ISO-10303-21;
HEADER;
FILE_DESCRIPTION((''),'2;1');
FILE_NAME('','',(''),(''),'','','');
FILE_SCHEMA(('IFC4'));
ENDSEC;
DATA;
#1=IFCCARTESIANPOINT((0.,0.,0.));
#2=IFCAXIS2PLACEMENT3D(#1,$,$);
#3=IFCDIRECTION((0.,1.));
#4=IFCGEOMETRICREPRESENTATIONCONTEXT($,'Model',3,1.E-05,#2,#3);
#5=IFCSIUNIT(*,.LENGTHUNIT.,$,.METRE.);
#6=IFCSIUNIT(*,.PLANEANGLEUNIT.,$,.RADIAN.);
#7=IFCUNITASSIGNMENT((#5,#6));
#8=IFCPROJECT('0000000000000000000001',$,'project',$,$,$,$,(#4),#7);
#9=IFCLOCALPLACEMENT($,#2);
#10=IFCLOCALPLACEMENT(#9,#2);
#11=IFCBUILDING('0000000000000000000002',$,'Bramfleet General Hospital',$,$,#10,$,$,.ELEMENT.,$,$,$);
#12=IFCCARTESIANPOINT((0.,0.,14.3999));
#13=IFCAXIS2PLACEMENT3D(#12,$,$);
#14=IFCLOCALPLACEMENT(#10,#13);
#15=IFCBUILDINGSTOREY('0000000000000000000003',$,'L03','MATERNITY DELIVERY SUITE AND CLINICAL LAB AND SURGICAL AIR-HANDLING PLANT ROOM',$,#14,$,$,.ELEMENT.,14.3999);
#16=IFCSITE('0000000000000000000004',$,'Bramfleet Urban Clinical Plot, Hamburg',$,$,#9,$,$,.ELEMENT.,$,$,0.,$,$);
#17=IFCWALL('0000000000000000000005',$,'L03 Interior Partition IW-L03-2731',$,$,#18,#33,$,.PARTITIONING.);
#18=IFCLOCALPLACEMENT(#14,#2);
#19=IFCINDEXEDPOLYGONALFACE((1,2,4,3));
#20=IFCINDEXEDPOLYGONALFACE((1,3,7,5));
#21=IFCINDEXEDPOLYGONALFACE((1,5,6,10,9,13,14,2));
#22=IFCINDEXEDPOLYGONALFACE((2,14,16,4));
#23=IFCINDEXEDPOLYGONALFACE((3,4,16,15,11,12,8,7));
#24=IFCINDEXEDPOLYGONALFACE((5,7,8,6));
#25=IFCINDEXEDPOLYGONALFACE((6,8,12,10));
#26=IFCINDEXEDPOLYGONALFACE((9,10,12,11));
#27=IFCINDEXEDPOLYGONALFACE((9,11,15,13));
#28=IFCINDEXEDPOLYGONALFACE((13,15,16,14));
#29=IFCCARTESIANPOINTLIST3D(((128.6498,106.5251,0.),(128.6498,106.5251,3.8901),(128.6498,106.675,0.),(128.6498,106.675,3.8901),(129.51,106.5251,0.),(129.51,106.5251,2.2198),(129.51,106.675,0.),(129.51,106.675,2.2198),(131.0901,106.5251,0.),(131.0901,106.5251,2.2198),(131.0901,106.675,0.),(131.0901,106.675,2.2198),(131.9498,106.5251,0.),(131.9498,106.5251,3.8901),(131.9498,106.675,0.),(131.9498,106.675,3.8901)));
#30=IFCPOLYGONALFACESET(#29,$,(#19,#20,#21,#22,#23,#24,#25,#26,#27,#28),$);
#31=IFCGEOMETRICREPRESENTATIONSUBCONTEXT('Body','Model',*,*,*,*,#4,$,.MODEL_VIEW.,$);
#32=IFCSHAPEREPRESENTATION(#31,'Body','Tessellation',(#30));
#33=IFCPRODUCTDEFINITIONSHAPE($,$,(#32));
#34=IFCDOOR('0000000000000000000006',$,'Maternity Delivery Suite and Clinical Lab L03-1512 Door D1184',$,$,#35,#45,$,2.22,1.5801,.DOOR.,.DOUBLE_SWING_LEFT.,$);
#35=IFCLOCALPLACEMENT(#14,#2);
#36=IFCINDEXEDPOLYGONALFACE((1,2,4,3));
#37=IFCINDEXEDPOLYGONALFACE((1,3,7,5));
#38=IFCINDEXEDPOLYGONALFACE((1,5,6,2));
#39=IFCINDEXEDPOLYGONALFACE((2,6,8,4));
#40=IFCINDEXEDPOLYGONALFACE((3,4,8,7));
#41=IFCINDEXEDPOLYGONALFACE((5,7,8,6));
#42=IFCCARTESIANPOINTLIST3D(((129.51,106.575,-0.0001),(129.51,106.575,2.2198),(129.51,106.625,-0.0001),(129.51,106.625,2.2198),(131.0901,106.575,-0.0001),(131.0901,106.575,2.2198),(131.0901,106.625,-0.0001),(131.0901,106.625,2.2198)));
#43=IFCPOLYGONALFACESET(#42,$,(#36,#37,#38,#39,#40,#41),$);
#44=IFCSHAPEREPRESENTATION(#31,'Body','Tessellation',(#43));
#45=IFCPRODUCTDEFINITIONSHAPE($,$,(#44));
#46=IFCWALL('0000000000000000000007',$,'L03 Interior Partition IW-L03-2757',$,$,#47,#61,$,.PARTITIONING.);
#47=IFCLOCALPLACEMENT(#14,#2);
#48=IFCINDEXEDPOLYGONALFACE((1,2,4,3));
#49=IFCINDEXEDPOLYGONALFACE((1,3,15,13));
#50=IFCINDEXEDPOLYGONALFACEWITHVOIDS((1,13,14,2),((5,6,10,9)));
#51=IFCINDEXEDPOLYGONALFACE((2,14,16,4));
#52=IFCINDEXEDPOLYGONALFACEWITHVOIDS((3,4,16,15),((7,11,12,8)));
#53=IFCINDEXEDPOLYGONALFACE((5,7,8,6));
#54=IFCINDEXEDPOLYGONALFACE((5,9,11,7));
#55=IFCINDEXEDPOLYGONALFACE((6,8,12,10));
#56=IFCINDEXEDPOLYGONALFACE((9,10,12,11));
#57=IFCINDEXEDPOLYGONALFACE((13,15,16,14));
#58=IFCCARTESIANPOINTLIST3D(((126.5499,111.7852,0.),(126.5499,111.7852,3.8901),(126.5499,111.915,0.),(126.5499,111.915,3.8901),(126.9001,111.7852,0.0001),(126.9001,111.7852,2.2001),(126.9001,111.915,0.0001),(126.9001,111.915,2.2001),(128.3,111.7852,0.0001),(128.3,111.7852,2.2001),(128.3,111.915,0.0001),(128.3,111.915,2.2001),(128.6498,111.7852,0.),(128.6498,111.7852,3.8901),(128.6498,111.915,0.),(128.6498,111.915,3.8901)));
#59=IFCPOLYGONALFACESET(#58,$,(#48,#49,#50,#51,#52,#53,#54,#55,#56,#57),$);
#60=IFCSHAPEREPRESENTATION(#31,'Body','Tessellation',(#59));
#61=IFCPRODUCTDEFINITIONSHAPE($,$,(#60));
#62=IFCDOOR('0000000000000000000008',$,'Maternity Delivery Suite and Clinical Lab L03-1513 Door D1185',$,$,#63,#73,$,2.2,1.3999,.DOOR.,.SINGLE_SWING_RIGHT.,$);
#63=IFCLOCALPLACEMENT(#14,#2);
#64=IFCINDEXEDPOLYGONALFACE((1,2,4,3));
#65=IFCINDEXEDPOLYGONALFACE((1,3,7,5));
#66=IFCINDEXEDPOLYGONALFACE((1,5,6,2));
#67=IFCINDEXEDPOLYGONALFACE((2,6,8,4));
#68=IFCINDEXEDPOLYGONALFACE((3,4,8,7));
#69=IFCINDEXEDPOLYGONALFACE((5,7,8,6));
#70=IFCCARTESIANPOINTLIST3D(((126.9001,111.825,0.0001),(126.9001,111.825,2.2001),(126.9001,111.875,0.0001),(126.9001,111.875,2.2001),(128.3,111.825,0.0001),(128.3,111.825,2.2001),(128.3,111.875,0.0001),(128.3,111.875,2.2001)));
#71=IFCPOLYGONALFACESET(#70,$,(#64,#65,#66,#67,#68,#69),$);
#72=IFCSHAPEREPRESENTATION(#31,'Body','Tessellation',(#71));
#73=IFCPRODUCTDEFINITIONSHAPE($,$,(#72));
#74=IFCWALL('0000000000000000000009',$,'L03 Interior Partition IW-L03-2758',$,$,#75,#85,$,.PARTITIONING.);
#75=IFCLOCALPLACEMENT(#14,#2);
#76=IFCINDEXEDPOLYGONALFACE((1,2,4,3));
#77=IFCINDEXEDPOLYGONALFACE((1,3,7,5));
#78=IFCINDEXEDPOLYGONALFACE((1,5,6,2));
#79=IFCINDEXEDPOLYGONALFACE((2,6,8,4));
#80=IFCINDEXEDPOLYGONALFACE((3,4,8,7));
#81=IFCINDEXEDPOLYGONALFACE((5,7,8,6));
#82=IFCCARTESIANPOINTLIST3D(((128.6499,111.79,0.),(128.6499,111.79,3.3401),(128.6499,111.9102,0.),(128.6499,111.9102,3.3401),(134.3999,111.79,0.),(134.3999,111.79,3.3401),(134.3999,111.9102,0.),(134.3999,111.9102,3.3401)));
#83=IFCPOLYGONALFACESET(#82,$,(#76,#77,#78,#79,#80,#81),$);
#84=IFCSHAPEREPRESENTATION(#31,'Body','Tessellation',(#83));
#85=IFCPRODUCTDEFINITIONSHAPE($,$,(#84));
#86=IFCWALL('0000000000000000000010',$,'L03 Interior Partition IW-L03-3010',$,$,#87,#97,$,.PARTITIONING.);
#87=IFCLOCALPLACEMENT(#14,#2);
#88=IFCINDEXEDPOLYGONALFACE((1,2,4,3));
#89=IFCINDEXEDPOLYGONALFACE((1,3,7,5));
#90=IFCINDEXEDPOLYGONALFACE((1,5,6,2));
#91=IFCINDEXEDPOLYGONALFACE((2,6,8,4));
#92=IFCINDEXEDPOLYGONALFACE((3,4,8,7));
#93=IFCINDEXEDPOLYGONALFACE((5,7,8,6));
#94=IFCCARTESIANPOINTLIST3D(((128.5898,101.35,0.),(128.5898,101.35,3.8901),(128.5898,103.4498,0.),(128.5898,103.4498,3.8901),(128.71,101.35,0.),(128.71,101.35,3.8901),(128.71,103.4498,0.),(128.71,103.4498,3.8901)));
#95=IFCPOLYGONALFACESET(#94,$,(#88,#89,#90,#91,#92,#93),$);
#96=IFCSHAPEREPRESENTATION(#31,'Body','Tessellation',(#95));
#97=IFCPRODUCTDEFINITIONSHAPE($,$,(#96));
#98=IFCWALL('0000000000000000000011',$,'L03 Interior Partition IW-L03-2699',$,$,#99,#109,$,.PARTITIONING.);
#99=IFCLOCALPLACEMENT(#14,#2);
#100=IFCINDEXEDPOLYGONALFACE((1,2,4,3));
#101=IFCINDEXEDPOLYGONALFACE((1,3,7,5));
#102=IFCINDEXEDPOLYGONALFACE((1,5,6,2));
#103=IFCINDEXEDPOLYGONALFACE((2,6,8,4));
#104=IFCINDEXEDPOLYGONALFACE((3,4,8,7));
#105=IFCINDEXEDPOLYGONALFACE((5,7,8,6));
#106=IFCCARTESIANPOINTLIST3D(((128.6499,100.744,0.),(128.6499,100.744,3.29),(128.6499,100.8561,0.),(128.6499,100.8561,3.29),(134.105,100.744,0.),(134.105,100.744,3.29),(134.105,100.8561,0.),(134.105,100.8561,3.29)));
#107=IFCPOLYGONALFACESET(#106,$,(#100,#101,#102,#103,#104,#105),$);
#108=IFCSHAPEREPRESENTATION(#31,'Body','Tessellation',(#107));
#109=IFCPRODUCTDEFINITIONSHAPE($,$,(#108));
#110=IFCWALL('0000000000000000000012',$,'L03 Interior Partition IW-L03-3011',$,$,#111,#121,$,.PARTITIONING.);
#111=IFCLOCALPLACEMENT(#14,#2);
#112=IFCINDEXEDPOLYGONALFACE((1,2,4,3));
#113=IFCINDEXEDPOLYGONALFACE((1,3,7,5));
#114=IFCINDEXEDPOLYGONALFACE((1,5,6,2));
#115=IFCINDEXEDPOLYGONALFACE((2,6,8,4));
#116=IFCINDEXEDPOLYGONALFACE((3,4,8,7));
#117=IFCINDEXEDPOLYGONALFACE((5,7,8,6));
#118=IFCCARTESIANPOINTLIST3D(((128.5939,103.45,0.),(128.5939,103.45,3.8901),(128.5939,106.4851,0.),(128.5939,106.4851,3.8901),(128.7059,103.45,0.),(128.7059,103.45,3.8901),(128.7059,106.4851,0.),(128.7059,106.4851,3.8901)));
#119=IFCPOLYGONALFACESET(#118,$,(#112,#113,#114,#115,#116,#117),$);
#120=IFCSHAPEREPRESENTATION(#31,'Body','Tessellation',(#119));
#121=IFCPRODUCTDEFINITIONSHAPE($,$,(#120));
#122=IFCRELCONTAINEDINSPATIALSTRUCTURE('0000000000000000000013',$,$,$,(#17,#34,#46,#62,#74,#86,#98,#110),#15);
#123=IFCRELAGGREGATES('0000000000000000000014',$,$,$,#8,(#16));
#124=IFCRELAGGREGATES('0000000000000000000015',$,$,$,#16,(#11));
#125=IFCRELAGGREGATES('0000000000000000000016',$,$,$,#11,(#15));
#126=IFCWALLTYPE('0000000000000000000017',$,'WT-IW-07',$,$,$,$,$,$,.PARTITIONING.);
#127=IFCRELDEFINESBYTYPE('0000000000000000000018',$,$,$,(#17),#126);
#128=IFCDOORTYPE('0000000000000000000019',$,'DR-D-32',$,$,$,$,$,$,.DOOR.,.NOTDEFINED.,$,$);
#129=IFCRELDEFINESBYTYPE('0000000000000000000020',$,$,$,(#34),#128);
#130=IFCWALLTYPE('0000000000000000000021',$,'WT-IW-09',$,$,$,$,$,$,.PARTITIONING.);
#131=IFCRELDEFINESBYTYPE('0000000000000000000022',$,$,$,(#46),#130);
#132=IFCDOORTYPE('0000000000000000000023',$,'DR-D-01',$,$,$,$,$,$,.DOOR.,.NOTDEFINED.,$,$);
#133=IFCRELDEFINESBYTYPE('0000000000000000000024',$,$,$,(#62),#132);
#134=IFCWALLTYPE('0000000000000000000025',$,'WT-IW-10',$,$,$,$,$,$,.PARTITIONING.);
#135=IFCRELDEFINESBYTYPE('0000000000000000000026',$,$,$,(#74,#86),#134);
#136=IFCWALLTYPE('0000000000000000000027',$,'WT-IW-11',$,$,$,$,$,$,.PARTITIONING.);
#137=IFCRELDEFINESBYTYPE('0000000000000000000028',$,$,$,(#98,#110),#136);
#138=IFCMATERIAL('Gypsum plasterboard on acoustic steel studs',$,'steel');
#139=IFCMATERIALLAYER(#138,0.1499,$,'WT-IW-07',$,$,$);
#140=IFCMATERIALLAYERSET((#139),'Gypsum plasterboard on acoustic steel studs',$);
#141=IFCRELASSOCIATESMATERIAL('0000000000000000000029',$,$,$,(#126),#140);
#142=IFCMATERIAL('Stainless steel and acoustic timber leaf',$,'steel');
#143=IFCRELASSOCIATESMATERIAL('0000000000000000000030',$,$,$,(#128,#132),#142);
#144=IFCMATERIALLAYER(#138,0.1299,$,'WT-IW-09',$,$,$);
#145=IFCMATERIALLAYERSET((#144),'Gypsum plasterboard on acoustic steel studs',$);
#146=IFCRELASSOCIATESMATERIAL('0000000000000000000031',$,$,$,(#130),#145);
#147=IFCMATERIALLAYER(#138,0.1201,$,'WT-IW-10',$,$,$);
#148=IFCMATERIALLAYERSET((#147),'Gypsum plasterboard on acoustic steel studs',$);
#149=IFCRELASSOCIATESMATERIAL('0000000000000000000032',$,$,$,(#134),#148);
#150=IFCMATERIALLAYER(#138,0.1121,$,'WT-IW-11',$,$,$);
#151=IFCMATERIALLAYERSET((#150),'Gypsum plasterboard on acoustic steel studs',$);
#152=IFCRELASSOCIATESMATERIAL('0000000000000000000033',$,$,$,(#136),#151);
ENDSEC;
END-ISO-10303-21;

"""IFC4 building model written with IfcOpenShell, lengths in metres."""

from ifc_helpers import new_model, si_unit, direction, frame, frame_2d, origin, place, context, subcontext, project, spatial, rectangle, extrude, material, layer, layer_set, type_object, element, fill, save


model = new_model("IFC4")

# Units and contexts
model_context = context("Model", 3, precision=1e-05, world=origin(), true_north=direction((0.0, 1.0)))
body_context = subcontext(model_context, "Body", "Model", "MODEL_VIEW")
ifc_project = project(units=[si_unit("LENGTHUNIT", "METRE"), si_unit("PLANEANGLEUNIT", "RADIAN")], contexts=[model_context])

# Site, building, storey
site_placement = place(None, origin())
site = spatial("IfcSite", under=ifc_project, at=site_placement, Name="Bramfleet Urban Clinical Plot, Hamburg", CompositionType="ELEMENT", RefElevation=0.0)
building_placement = place(site_placement, origin())
building = spatial("IfcBuilding", under=site, at=building_placement, Name="Bramfleet General Hospital", CompositionType="ELEMENT")
storey_placement = place(building_placement, frame((0.0, 0.0, 14.3999)))
storey = spatial("IfcBuildingStorey", under=building, at=storey_placement, Name="L03", Description="MATERNITY DELIVERY SUITE AND CLINICAL LAB AND SURGICAL AIR-HANDLING PLANT ROOM", CompositionType="ELEMENT", Elevation=14.3999)

# Shared definitions
ifc_material_1 = material(Name="Gypsum plasterboard on acoustic steel studs", Category="steel")
ifc_layer_1 = layer(ifc_material_1, 0.1499, Name="WT-IW-07")
ifc_layer_set_1 = layer_set([ifc_layer_1], Name="Gypsum plasterboard on acoustic steel studs")
wall_type_1 = type_object("IfcWallType", Name="WT-IW-07", PredefinedType="PARTITIONING", material=ifc_layer_set_1)

# Walls, openings, doors
wall_1_placement = place(storey_placement, frame((128.6499, 106.6001, 0.0), z_axis=(0.0, 0.0, 1.0), x_axis=(1.0, 0.0, 0.0)))
wall_1 = element("IfcWall", 1, at=wall_1_placement, inside=storey, type_object=wall_type_1, Name="L03 Interior Partition IW-L03-2731", PredefinedType="PARTITIONING", context=body_context, shape_type="SweptSolid", body=[
    extrude(rectangle(XDim=3.3, YDim=0.1499, at=frame_2d((1.6499, 0.0))), origin(), (0.0, 0.0, 1.0), 3.8901),
])
opening_1_placement = place(wall_1_placement, frame((0.8601, 0.0, 0.0)))
opening_1 = element("IfcOpeningElement", 2, at=opening_1_placement, cuts=wall_1, PredefinedType="OPENING", context=body_context, shape_type="SweptSolid", body=[
    extrude(rectangle(XDim=1.5801, YDim=2.22, at=frame_2d((0.79, 1.1099))), frame((0.0, 0.085, 0.0), z_axis=(0.0, -1.0, 0.0), x_axis=(1.0, 0.0, 0.0)), (0.0, 0.0, 1.0), 0.1699),
])
ifc_material_2 = material(Name="Stainless steel and acoustic timber leaf", Category="steel")
door_type_1 = type_object("IfcDoorType", Name="DR-D-32", OperationType="NOTDEFINED", PredefinedType="DOOR", material=ifc_material_2)
door_1_placement = place(opening_1_placement, origin())
door_1 = element("IfcDoor", 3, at=door_1_placement, inside=storey, type_object=door_type_1, Name="Maternity Delivery Suite and Clinical Lab L03-1512 Door D1184", OperationType="DOUBLE_SWING_LEFT", OverallHeight=2.22, OverallWidth=1.5801, PredefinedType="DOOR", context=body_context, shape_type="SweptSolid", body=[
    extrude(rectangle(XDim=1.5801, YDim=2.22, at=frame_2d((0.79, 1.1099))), frame((0.0, 0.0249, 0.0), z_axis=(0.0, -1.0, 0.0), x_axis=(1.0, 0.0, 0.0)), (0.0, 0.0, 1.0), 0.05),
])
fill(opening_1, door_1)
ifc_layer_2 = layer(ifc_material_1, 0.1299, Name="WT-IW-09")
ifc_layer_set_2 = layer_set([ifc_layer_2], Name="Gypsum plasterboard on acoustic steel studs")
wall_type_2 = type_object("IfcWallType", Name="WT-IW-09", PredefinedType="PARTITIONING", material=ifc_layer_set_2)
wall_2_placement = place(storey_placement, frame((126.55, 111.8501, 0.0), z_axis=(0.0, 0.0, 1.0), x_axis=(1.0, 0.0, 0.0)))
wall_2 = element("IfcWall", 4, at=wall_2_placement, inside=storey, type_object=wall_type_2, Name="L03 Interior Partition IW-L03-2757", PredefinedType="PARTITIONING", context=body_context, shape_type="SweptSolid", body=[
    extrude(rectangle(XDim=2.0999, YDim=0.1299, at=frame_2d((1.0498, 0.0))), origin(), (0.0, 0.0, 1.0), 3.8901),
])
opening_2_placement = place(wall_2_placement, frame((0.3501, 0.0, 0.0)))
opening_2 = element("IfcOpeningElement", 5, at=opening_2_placement, cuts=wall_2, PredefinedType="OPENING", context=body_context, shape_type="SweptSolid", body=[
    extrude(rectangle(XDim=1.3999, YDim=2.2, at=frame_2d((0.7, 1.1001))), frame((0.0, 0.075, 0.0), z_axis=(0.0, -1.0, 0.0), x_axis=(1.0, 0.0, 0.0)), (0.0, 0.0, 1.0), 0.1499),
])
door_type_2 = type_object("IfcDoorType", Name="DR-D-01", OperationType="NOTDEFINED", PredefinedType="DOOR", material=ifc_material_2)
door_2_placement = place(opening_2_placement, origin())
door_2 = element("IfcDoor", 6, at=door_2_placement, inside=storey, type_object=door_type_2, Name="Maternity Delivery Suite and Clinical Lab L03-1513 Door D1185", OperationType="SINGLE_SWING_RIGHT", OverallHeight=2.2, OverallWidth=1.3999, PredefinedType="DOOR", context=body_context, shape_type="SweptSolid", body=[
    extrude(rectangle(XDim=1.3999, YDim=2.2, at=frame_2d((0.7, 1.1001))), frame((0.0, 0.0249, 0.0), z_axis=(0.0, -1.0, 0.0), x_axis=(1.0, 0.0, 0.0)), (0.0, 0.0, 1.0), 0.05),
])
fill(opening_2, door_2)

# Walls
ifc_layer_3 = layer(ifc_material_1, 0.1201, Name="WT-IW-10")
ifc_layer_set_3 = layer_set([ifc_layer_3], Name="Gypsum plasterboard on acoustic steel studs")
wall_type_3 = type_object("IfcWallType", Name="WT-IW-10", PredefinedType="PARTITIONING", material=ifc_layer_set_3)
wall_3_placement = place(storey_placement, frame((128.6499, 111.8501, 0.0), z_axis=(0.0, 0.0, 1.0), x_axis=(1.0, 0.0, 0.0)))
element("IfcWall", 7, at=wall_3_placement, inside=storey, type_object=wall_type_3, Name="L03 Interior Partition IW-L03-2758", PredefinedType="PARTITIONING", context=body_context, shape_type="SweptSolid", body=[
    extrude(rectangle(XDim=5.75, YDim=0.1201, at=frame_2d((2.875, 0.0))), origin(), (0.0, 0.0, 1.0), 3.3401),
])
wall_4_placement = place(storey_placement, frame((128.6499, 101.3501, 0.0), z_axis=(0.0, 0.0, 1.0), x_axis=(0.0, 1.0, 0.0)))
element("IfcWall", 8, at=wall_4_placement, inside=storey, type_object=wall_type_3, Name="L03 Interior Partition IW-L03-3010", PredefinedType="PARTITIONING", context=body_context, shape_type="SweptSolid", body=[
    extrude(rectangle(XDim=2.0999, YDim=0.1201, at=frame_2d((1.0498, 0.0))), origin(), (0.0, 0.0, 1.0), 3.8901),
])
ifc_layer_4 = layer(ifc_material_1, 0.1121, Name="WT-IW-11")
ifc_layer_set_4 = layer_set([ifc_layer_4], Name="Gypsum plasterboard on acoustic steel studs")
wall_type_4 = type_object("IfcWallType", Name="WT-IW-11", PredefinedType="PARTITIONING", material=ifc_layer_set_4)
wall_5_placement = place(storey_placement, frame((128.6499, 100.8, 0.0), z_axis=(0.0, 0.0, 1.0), x_axis=(1.0, 0.0, 0.0)))
element("IfcWall", 9, at=wall_5_placement, inside=storey, type_object=wall_type_4, Name="L03 Interior Partition IW-L03-2699", PredefinedType="PARTITIONING", context=body_context, shape_type="SweptSolid", body=[
    extrude(rectangle(XDim=5.4551, YDim=0.1121, at=frame_2d((2.7275, 0.0))), origin(), (0.0, 0.0, 1.0), 3.29),
])
wall_6_placement = place(storey_placement, frame((128.6499, 103.45, 0.0), z_axis=(0.0, 0.0, 1.0), x_axis=(0.0, 1.0, 0.0)))
element("IfcWall", 10, at=wall_6_placement, inside=storey, type_object=wall_type_4, Name="L03 Interior Partition IW-L03-3011", PredefinedType="PARTITIONING", context=body_context, shape_type="SweptSolid", body=[
    extrude(rectangle(XDim=3.0352, YDim=0.1121, at=frame_2d((1.5176, 0.0))), origin(), (0.0, 0.0, 1.0), 3.8901),
])

save(model, "model.ifc")
